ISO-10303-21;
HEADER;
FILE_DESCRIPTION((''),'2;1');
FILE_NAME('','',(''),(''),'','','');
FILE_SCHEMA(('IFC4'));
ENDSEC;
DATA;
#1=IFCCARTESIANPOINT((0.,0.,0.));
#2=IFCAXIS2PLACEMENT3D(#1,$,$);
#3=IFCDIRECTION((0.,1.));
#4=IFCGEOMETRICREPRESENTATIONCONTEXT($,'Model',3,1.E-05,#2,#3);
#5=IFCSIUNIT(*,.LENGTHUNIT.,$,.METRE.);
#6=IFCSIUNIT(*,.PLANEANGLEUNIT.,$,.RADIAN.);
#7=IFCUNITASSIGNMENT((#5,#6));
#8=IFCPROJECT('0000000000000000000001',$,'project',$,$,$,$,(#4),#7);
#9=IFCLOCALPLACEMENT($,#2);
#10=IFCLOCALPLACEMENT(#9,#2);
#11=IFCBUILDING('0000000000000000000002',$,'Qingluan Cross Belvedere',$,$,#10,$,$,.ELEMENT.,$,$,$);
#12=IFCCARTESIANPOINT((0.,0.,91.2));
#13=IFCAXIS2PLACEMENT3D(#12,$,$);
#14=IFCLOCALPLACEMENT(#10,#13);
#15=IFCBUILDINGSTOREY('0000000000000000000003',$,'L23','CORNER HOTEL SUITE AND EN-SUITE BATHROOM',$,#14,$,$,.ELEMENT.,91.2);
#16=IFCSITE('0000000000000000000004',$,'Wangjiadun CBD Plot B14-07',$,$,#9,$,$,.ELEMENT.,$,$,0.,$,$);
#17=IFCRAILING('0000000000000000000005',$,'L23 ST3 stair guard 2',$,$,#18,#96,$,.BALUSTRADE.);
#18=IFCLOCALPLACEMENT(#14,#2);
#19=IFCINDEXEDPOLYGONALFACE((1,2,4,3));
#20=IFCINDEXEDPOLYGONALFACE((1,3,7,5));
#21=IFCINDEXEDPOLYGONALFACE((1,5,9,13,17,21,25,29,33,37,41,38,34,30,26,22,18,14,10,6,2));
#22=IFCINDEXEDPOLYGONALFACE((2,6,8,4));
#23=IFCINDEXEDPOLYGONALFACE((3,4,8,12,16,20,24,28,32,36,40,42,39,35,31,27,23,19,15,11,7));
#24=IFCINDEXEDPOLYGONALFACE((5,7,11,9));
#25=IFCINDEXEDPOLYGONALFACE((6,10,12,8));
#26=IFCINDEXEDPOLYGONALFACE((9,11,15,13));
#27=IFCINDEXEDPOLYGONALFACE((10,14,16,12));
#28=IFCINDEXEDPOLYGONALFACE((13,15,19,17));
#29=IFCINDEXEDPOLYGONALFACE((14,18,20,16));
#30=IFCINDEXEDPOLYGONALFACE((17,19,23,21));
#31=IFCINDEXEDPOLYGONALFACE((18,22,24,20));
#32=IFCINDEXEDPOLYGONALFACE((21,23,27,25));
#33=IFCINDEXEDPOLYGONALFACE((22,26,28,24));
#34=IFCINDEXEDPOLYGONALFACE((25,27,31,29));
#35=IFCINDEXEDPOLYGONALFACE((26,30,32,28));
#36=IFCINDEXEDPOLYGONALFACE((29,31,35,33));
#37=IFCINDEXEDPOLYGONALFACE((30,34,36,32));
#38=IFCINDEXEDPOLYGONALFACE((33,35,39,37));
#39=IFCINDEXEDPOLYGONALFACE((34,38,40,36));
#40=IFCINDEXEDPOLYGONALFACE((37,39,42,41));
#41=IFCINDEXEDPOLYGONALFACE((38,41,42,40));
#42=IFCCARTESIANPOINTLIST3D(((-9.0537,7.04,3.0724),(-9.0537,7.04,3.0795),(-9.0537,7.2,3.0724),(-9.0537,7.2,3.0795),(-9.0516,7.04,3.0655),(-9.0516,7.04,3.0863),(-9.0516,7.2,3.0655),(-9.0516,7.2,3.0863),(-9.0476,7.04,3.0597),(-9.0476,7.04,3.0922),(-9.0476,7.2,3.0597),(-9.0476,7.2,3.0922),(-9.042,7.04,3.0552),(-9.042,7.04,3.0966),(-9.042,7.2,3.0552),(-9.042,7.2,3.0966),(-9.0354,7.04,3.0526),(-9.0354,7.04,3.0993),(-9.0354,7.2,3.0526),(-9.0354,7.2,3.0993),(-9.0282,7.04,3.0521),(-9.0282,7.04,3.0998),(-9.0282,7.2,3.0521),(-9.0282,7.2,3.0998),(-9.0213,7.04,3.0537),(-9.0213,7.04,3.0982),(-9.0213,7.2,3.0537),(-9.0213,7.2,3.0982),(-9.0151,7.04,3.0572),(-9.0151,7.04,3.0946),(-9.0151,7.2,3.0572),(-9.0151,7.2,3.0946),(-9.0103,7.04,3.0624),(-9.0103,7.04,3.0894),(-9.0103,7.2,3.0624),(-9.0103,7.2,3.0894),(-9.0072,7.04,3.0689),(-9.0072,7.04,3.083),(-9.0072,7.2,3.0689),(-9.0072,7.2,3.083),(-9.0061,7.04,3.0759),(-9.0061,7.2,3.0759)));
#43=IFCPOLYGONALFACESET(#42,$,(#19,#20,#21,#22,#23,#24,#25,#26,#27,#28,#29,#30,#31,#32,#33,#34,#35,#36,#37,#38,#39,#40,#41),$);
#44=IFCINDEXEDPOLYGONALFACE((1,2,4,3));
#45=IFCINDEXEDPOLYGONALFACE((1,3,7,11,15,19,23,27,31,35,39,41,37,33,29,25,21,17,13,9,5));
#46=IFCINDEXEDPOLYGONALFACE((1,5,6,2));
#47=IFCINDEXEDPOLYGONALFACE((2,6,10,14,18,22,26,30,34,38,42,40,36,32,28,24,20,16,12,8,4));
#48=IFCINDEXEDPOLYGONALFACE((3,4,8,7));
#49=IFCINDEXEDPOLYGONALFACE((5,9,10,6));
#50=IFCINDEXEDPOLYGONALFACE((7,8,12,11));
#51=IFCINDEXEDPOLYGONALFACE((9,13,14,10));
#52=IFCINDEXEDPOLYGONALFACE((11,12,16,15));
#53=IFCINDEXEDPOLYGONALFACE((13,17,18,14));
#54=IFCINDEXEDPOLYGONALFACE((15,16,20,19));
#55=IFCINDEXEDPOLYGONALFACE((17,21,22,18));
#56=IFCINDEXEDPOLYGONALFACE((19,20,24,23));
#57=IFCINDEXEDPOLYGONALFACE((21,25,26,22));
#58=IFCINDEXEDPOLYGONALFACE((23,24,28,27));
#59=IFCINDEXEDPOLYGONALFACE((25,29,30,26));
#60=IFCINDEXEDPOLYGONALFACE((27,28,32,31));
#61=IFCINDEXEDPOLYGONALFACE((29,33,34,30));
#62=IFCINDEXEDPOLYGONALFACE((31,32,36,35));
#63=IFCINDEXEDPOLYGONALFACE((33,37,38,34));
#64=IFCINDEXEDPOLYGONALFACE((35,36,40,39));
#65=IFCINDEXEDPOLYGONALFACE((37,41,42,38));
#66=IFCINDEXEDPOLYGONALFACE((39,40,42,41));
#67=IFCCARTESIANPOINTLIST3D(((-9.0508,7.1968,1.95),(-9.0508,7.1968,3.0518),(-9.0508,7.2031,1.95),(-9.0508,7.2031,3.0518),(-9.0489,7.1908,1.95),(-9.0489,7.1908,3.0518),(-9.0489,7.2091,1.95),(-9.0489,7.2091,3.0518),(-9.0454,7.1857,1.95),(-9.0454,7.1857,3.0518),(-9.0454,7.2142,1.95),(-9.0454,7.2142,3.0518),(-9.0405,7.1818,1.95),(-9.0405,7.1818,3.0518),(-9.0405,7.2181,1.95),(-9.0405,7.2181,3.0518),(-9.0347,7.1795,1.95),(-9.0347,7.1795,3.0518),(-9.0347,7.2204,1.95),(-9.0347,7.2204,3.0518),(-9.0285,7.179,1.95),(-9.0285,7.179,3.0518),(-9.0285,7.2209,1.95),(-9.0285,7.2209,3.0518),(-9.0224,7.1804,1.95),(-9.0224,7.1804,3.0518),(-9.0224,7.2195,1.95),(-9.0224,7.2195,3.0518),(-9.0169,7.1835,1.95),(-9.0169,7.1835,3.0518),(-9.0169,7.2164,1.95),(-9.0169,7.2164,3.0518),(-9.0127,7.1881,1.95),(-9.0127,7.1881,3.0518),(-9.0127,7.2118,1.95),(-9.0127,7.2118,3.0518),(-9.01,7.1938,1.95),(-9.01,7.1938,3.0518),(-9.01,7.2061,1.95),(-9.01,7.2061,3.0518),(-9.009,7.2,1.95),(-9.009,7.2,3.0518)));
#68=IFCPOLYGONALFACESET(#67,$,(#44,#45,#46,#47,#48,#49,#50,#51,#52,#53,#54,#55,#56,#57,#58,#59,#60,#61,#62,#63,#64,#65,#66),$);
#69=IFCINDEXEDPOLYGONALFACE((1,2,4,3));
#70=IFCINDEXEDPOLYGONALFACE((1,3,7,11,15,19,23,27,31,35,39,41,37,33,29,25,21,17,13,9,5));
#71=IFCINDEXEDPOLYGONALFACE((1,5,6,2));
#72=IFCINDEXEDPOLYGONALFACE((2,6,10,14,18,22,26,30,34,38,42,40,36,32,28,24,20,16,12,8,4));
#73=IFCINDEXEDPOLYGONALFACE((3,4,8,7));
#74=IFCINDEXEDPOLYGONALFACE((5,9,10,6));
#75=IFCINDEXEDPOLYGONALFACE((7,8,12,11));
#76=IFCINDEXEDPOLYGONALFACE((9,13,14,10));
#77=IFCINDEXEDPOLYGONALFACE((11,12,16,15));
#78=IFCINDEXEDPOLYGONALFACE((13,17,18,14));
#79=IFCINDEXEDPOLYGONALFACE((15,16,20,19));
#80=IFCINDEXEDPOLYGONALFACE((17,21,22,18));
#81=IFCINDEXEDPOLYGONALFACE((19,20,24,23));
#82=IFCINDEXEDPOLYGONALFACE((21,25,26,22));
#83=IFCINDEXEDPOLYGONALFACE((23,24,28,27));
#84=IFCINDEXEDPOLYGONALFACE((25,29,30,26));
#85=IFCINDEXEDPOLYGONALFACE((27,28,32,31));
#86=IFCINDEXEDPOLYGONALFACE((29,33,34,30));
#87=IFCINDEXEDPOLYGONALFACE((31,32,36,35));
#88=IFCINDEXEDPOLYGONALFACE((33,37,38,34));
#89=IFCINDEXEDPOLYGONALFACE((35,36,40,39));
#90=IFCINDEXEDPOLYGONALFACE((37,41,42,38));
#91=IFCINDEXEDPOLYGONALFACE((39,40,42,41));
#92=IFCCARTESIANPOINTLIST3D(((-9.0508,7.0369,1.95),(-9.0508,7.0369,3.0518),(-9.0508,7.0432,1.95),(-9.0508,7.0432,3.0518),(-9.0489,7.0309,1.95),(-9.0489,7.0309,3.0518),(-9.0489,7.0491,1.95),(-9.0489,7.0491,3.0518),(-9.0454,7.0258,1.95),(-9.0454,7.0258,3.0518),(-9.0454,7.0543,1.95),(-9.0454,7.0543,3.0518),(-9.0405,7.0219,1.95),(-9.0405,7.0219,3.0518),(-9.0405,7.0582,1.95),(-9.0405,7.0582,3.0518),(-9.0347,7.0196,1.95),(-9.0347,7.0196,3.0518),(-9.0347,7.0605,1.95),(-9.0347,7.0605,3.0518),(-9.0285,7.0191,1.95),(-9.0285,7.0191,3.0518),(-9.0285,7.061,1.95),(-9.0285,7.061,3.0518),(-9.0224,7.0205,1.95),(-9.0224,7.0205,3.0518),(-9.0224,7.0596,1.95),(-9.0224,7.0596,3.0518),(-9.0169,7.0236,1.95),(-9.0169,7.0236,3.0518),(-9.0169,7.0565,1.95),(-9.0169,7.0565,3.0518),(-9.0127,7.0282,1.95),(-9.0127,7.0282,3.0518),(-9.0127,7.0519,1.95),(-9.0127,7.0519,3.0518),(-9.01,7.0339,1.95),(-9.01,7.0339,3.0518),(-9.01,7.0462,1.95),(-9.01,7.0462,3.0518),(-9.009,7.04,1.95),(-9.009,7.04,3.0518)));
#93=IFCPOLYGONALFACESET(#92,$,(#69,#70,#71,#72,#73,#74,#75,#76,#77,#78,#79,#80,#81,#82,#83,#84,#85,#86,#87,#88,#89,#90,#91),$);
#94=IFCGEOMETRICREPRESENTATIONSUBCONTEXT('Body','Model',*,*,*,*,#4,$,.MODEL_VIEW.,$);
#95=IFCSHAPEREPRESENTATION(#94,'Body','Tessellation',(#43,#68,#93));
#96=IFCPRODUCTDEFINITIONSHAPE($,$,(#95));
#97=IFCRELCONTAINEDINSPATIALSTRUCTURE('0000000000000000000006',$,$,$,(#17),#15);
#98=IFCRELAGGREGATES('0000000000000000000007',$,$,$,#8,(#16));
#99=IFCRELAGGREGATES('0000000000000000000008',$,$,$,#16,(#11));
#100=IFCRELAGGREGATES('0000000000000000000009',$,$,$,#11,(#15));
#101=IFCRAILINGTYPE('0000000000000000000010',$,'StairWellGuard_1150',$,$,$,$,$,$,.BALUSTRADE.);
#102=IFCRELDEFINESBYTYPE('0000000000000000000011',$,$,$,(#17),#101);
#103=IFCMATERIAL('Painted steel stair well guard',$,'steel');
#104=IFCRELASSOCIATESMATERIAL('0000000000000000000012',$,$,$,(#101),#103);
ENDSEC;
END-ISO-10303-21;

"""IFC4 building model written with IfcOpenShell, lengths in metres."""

from ifc_helpers import new_model, si_unit, direction, frame, origin, origin_2d, place, context, subcontext, project, spatial, circle, extrude, material, type_object, element, save


model = new_model("IFC4")

# Units and contexts
model_context = context("Model", 3, precision=1e-05, world=origin(), true_north=direction((0.0, 1.0)))
body_context = subcontext(model_context, "Body", "Model", "MODEL_VIEW")
ifc_project = project(units=[si_unit("LENGTHUNIT", "METRE"), si_unit("PLANEANGLEUNIT", "RADIAN")], contexts=[model_context])

# Site, building, storey
site_placement = place(None, origin())
site = spatial("IfcSite", under=ifc_project, at=site_placement, Name="Wangjiadun CBD Plot B14-07", CompositionType="ELEMENT", RefElevation=0.0)
building_placement = place(site_placement, origin())
building = spatial("IfcBuilding", under=site, at=building_placement, Name="Qingluan Cross Belvedere", CompositionType="ELEMENT")
storey_placement = place(building_placement, frame((0.0, 0.0, 91.2)))
storey = spatial("IfcBuildingStorey", under=building, at=storey_placement, Name="L23", Description="CORNER HOTEL SUITE AND EN-SUITE BATHROOM", CompositionType="ELEMENT", Elevation=91.2)

# Railing
ifc_material_1 = material(Name="Painted steel stair well guard", Category="steel")
railing_type_1 = type_object("IfcRailingType", Name="StairWellGuard_1150", PredefinedType="BALUSTRADE", material=ifc_material_1)
railing_1_placement = place(storey_placement, frame((-9.03, 7.2, 1.95)))
element("IfcRailing", 1, at=railing_1_placement, inside=storey, type_object=railing_type_1, Name="L23 ST3 stair guard 2", PredefinedType="BALUSTRADE", context=body_context, shape_type="SweptSolid", body=[
    extrude(circle(Radius=0.0239, at=origin_2d()), frame((0.0, 0.0, 1.126), z_axis=(0.0, -1.0, 0.0), x_axis=(1.0, 0.0, 0.0)), (0.0, 0.0, 1.0), 0.1599),
    extrude(circle(Radius=0.021, at=origin_2d()), origin(), (0.0, 0.0, 1.0), 1.1018),
    extrude(circle(Radius=0.021, at=origin_2d()), frame((0.0, -0.1599, 0.0)), (0.0, 0.0, 1.0), 1.1018),
])

save(model, "model.ifc")
